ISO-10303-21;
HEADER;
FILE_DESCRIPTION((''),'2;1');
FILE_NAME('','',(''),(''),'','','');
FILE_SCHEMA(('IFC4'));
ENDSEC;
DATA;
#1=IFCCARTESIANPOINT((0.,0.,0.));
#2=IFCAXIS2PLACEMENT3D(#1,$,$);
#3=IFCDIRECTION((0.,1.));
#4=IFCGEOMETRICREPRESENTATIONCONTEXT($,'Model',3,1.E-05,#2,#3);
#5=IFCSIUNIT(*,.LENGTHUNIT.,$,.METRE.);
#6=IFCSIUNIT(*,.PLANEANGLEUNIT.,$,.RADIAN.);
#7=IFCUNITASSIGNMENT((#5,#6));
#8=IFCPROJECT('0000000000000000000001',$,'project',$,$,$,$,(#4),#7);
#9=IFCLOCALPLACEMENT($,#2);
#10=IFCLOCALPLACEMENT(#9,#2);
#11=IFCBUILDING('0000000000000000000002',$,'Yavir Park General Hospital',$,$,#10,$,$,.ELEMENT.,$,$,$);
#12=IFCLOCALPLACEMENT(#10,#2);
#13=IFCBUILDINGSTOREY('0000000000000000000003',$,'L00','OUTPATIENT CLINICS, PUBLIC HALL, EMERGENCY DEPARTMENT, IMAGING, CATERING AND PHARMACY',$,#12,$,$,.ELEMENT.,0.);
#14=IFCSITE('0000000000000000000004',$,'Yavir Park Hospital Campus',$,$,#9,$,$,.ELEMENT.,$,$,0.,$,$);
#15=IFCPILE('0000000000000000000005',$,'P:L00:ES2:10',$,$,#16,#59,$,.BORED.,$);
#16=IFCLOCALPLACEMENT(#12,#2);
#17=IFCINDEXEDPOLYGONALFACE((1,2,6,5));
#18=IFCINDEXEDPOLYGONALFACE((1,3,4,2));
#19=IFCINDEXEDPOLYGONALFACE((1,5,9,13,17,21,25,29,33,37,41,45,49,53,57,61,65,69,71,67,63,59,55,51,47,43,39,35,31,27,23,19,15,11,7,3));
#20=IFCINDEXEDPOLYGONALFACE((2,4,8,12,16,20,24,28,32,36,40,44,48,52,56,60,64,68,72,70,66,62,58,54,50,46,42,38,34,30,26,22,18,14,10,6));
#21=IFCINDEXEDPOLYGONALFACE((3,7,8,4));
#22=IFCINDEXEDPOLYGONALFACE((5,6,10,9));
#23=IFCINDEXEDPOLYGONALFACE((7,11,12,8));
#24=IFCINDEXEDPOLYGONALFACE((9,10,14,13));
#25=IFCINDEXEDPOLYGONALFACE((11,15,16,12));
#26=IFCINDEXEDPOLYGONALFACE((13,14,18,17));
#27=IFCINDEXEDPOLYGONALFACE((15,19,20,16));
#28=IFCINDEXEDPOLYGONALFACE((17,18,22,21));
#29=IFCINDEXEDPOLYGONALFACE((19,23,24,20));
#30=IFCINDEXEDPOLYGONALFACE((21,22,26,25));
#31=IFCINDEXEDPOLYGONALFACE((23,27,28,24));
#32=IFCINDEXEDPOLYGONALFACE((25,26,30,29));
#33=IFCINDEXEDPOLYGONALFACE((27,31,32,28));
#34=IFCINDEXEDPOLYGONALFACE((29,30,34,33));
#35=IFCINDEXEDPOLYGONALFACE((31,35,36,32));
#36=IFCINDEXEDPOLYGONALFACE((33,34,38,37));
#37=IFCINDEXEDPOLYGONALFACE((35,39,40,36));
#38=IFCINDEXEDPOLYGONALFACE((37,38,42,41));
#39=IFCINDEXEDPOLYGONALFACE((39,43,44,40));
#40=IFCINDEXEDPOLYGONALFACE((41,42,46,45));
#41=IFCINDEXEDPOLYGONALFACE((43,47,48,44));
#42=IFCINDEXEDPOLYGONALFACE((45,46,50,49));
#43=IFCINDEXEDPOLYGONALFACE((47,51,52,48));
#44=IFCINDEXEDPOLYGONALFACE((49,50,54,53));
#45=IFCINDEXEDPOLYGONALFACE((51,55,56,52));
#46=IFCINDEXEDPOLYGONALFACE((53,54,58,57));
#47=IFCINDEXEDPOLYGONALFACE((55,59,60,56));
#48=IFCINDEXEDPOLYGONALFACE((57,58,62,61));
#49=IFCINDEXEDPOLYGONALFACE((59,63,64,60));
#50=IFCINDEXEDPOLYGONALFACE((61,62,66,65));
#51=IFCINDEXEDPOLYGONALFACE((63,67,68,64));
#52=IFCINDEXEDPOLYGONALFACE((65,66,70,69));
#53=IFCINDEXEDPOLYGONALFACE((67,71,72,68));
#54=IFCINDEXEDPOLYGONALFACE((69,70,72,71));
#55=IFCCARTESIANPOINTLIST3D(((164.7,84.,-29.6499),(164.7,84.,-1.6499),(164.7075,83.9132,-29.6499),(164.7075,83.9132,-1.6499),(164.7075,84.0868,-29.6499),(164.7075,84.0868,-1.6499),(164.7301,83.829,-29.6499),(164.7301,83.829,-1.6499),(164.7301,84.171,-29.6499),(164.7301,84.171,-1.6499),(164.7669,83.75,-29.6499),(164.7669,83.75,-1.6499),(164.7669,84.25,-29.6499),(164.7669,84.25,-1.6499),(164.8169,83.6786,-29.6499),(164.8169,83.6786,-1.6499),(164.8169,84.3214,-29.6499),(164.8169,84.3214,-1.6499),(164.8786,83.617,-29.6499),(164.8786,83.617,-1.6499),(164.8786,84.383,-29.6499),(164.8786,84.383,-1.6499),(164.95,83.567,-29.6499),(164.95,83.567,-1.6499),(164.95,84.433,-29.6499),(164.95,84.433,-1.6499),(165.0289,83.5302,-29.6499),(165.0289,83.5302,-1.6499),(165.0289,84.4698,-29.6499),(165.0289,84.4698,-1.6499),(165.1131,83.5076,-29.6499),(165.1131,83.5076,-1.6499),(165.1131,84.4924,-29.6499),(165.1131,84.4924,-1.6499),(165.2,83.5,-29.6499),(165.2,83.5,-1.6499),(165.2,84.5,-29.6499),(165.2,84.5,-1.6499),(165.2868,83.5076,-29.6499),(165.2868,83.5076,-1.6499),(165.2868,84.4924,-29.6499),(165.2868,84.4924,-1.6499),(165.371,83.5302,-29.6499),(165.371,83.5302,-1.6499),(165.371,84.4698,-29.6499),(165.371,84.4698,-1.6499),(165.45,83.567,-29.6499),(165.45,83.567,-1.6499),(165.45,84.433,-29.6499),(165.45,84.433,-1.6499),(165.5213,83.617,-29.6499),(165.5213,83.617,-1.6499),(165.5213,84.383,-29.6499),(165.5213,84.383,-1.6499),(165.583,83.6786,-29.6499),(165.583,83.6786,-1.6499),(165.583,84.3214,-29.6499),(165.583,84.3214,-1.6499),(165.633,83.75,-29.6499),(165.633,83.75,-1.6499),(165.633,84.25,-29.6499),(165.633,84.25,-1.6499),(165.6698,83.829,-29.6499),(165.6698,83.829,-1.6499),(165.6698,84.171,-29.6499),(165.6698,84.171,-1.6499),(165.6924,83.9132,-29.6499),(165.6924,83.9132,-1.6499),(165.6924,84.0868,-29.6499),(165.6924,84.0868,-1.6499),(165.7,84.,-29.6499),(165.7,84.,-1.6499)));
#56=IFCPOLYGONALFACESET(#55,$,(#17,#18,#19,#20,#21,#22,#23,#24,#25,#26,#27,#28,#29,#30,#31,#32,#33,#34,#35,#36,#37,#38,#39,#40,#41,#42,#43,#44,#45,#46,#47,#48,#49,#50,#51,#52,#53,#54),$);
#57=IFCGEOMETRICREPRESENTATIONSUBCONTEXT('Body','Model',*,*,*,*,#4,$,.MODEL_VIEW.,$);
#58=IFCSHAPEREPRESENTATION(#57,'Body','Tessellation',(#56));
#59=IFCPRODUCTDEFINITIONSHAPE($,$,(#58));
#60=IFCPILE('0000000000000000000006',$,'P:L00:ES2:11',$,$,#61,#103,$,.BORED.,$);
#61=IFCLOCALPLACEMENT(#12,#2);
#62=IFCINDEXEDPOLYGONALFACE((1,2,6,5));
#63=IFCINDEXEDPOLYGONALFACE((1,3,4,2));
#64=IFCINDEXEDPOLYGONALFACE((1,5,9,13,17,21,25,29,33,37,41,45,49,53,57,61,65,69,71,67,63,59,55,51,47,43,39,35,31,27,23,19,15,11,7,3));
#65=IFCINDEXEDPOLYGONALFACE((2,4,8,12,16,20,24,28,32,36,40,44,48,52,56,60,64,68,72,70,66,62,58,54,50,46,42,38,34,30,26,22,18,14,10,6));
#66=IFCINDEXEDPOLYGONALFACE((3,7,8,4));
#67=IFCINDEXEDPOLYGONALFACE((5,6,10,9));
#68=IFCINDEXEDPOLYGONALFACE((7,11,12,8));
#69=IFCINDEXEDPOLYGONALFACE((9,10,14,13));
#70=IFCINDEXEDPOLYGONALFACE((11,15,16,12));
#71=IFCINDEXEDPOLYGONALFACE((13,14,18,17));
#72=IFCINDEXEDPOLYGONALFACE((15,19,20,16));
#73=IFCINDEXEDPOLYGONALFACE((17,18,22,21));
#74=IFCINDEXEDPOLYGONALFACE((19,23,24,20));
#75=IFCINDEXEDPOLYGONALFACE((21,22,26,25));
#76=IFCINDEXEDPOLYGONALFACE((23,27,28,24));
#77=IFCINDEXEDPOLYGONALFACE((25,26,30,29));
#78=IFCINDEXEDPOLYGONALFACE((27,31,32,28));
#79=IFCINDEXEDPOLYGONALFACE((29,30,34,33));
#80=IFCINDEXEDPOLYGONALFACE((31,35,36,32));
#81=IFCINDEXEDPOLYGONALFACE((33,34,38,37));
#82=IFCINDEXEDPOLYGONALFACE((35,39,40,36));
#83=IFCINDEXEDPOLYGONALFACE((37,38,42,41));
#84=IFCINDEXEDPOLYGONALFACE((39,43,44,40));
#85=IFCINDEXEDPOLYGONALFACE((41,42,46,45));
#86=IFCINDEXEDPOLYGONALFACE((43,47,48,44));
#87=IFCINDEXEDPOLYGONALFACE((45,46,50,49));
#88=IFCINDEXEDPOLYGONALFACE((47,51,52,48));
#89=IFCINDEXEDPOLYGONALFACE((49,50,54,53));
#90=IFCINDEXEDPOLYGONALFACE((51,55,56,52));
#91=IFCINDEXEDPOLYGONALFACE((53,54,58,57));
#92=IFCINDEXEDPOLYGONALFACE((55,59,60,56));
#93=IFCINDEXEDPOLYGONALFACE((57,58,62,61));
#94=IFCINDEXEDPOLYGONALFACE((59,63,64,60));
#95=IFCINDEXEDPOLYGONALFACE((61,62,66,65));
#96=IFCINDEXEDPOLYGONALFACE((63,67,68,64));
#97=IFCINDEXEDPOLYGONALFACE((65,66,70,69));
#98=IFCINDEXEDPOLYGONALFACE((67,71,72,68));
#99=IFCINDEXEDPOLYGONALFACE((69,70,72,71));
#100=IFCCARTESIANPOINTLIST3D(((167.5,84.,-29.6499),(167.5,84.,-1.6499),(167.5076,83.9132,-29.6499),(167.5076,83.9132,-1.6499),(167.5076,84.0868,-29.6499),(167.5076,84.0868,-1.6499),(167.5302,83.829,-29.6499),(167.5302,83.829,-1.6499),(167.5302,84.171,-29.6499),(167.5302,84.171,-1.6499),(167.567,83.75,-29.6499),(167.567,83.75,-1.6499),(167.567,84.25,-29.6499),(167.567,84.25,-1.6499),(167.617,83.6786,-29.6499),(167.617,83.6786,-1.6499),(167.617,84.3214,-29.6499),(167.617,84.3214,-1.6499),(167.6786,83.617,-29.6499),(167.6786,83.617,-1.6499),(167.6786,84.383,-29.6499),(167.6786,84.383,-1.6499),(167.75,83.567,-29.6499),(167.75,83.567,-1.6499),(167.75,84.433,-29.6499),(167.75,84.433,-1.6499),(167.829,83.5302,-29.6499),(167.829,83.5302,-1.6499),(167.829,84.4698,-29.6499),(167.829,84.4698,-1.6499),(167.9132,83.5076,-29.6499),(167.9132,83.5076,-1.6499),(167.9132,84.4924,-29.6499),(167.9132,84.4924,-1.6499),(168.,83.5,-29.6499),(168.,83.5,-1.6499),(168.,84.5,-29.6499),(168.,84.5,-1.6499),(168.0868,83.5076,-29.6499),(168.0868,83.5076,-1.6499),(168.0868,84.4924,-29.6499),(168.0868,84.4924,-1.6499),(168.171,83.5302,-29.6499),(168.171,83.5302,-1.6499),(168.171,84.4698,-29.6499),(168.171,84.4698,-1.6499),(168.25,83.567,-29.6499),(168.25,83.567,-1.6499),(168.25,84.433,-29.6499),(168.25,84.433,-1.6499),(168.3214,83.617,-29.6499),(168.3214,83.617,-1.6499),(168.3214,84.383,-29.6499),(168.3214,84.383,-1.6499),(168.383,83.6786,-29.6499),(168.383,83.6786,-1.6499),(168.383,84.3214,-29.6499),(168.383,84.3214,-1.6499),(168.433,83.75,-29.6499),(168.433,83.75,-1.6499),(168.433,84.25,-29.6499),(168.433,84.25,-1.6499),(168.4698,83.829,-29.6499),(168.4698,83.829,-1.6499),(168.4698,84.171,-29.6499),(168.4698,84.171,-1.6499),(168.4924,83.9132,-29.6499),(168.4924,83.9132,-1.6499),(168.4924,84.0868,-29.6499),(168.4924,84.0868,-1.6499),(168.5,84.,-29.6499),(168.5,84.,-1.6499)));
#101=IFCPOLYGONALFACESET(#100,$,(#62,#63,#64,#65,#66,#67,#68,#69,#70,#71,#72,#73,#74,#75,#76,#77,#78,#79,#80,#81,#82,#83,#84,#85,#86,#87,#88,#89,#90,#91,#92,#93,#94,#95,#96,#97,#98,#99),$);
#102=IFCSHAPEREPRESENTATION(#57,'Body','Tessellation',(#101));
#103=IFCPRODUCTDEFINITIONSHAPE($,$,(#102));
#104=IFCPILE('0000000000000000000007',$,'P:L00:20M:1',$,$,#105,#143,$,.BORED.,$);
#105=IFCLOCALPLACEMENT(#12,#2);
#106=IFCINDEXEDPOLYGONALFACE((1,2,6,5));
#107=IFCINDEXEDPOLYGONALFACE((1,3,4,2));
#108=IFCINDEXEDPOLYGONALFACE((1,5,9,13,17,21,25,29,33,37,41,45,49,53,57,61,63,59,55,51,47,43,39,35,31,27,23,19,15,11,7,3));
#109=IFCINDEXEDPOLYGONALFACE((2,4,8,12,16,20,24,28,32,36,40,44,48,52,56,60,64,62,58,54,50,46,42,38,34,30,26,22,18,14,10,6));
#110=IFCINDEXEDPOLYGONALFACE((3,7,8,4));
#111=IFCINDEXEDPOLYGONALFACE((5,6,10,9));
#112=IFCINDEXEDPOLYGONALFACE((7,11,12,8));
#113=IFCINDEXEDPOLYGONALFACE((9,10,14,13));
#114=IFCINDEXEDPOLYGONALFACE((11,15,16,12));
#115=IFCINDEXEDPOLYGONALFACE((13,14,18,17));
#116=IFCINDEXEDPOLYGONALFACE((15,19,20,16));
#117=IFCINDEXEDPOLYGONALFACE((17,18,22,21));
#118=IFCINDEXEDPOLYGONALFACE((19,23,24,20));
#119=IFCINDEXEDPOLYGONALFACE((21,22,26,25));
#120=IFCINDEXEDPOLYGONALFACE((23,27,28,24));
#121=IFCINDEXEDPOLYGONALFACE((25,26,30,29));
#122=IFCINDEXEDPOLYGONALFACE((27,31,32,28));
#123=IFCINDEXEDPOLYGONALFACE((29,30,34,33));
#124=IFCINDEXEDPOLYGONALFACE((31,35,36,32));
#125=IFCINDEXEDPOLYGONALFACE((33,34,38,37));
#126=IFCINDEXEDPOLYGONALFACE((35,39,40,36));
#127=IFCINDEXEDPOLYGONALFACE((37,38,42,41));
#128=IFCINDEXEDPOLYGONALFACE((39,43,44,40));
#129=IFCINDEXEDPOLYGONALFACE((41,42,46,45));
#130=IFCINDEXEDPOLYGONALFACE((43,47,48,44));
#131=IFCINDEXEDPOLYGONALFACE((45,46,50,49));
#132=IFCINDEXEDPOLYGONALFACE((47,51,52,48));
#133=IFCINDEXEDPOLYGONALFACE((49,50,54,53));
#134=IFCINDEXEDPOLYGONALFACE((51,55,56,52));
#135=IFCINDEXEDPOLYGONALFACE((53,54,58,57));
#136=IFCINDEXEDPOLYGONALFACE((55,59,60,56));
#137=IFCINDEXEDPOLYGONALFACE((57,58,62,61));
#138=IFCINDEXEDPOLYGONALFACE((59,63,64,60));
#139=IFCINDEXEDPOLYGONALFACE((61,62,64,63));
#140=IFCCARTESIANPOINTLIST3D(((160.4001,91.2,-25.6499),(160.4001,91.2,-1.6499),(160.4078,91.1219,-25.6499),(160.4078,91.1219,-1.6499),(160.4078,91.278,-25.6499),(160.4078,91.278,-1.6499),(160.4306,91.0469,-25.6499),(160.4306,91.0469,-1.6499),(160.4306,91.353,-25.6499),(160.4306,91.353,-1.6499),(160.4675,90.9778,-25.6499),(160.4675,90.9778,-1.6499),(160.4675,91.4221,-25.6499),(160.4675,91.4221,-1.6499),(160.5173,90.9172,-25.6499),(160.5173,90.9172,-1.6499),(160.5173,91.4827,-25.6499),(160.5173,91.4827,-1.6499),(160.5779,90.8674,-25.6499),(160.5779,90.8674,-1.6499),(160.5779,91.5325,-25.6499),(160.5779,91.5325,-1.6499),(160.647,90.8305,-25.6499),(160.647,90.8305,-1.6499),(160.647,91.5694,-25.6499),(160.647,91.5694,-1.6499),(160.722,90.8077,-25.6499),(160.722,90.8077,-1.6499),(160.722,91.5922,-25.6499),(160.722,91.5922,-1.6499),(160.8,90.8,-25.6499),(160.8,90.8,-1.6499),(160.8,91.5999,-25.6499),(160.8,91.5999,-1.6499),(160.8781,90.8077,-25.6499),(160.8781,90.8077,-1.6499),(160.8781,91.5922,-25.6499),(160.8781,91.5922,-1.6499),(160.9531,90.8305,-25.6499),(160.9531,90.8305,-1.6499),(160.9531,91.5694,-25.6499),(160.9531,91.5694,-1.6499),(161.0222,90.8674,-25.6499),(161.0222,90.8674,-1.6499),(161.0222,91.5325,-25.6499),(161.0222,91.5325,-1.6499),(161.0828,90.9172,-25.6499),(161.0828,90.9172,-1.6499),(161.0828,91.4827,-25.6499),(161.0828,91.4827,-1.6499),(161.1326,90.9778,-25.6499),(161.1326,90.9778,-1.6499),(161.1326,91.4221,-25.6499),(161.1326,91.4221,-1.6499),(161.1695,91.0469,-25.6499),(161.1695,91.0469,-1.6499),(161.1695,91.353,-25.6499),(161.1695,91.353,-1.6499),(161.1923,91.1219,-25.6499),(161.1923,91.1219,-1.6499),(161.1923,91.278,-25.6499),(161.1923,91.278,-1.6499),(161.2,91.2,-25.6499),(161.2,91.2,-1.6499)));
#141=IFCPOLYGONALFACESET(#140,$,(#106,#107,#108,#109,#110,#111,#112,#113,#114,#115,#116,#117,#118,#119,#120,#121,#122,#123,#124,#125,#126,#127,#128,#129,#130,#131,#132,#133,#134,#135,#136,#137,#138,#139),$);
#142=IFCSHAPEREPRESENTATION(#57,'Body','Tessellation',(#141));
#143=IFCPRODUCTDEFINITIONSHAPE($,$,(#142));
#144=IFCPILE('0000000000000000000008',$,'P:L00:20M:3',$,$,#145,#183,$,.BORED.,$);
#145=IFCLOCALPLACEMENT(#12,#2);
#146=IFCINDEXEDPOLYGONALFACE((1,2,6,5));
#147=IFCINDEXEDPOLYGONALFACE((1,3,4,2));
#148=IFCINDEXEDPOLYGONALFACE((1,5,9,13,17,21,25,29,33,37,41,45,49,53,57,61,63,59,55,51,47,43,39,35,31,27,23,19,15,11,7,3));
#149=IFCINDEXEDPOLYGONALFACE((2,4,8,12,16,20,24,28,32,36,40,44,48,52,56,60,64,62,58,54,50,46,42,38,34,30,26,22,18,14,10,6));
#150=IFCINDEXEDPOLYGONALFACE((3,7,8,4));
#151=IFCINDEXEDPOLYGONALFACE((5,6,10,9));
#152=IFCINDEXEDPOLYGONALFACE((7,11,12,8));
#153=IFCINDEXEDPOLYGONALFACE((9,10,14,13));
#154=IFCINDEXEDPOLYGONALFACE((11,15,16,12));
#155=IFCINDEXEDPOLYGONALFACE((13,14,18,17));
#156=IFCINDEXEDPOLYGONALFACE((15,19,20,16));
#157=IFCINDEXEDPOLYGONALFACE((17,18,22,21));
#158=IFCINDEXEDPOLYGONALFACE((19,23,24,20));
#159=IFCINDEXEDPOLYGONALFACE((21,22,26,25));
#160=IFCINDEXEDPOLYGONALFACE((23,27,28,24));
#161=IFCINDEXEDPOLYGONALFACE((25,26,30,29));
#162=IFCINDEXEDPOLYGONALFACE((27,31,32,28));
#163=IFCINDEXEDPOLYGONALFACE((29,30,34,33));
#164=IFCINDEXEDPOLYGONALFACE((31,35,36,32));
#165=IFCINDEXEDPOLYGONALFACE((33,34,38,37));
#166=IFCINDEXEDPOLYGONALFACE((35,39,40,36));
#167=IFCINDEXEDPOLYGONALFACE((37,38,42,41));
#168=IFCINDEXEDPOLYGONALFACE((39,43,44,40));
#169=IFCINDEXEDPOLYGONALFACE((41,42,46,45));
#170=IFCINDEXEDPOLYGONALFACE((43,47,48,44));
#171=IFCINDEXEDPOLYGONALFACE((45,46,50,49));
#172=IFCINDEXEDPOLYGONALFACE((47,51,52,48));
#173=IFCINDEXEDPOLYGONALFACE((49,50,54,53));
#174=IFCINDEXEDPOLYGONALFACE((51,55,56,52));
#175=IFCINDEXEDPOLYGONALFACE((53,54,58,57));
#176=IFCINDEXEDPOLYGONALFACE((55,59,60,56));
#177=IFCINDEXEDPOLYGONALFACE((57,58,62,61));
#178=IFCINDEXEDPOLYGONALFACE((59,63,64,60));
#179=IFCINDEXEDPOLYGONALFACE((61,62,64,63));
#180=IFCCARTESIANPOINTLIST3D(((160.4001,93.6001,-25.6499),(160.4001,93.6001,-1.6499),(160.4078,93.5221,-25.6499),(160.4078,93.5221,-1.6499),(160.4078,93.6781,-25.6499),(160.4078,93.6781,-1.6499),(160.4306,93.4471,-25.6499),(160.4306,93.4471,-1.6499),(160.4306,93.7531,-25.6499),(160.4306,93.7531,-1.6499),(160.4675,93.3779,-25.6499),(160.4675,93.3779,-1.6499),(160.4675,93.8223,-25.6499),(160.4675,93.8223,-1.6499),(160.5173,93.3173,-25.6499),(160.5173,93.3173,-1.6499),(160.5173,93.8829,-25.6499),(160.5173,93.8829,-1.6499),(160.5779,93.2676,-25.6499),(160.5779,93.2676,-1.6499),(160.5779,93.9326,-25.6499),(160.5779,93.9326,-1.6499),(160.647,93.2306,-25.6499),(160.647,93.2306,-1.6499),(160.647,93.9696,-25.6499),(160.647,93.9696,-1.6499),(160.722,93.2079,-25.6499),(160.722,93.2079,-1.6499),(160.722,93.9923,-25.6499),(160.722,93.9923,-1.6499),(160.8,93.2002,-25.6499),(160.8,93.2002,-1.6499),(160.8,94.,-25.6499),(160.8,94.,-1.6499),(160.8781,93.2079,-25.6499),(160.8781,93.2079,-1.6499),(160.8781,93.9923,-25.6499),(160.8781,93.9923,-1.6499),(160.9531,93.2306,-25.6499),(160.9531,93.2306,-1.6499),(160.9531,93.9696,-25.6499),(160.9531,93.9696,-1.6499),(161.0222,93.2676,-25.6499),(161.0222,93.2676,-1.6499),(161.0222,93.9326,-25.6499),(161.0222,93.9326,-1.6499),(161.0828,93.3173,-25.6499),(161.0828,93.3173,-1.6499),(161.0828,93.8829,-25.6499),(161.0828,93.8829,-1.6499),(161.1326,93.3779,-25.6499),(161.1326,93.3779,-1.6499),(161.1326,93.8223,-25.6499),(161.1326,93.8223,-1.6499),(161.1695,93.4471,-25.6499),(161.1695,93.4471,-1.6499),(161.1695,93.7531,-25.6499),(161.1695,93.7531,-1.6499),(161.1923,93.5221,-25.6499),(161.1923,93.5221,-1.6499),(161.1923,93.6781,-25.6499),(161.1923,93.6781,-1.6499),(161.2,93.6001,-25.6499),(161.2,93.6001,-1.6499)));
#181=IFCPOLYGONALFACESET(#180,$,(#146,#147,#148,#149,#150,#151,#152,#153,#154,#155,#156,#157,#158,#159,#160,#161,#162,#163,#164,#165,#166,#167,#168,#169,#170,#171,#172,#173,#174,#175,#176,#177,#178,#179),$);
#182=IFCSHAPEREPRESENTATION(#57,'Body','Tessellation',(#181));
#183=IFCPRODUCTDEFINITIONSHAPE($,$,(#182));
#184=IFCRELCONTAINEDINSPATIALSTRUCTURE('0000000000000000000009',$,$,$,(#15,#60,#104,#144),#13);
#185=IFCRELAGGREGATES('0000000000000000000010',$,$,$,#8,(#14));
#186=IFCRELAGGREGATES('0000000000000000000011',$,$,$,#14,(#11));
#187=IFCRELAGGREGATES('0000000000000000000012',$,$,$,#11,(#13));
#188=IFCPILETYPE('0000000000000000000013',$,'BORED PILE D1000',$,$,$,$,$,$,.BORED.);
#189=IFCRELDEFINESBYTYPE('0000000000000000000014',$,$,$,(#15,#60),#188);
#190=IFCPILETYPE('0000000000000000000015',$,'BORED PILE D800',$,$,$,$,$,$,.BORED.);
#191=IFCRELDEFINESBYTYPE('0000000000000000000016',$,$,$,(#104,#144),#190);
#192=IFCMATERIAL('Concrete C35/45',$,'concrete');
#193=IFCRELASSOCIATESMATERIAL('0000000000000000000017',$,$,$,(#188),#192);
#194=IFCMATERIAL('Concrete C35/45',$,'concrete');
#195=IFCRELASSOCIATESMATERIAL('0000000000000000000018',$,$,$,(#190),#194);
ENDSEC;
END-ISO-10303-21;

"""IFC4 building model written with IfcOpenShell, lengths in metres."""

from ifc_helpers import new_model, si_unit, direction, frame, origin, origin_2d, place, context, subcontext, project, spatial, circle, extrude, material, material_profile, profile_set, type_object, element, save


model = new_model("IFC4")

# Units and contexts
model_context = context("Model", 3, precision=1e-05, world=origin(), true_north=direction((0.0, 1.0)))
body_context = subcontext(model_context, "Body", "Model", "MODEL_VIEW")
ifc_project = project(units=[si_unit("LENGTHUNIT", "METRE"), si_unit("PLANEANGLEUNIT", "RADIAN")], contexts=[model_context])

# Site, building, storey
site_placement = place(None, origin())
site = spatial("IfcSite", under=ifc_project, at=site_placement, Name="Yavir Park Hospital Campus", CompositionType="ELEMENT", RefElevation=0.0)
building_placement = place(site_placement, origin())
building = spatial("IfcBuilding", under=site, at=building_placement, Name="Yavir Park General Hospital", CompositionType="ELEMENT")
storey_placement = place(building_placement, origin())
storey = spatial("IfcBuildingStorey", under=building, at=storey_placement, Name="L00", Description="OUTPATIENT CLINICS, PUBLIC HALL, EMERGENCY DEPARTMENT, IMAGING, CATERING AND PHARMACY", CompositionType="ELEMENT", Elevation=0.0)

# Piles
ifc_material_1 = material(Name="Concrete C35/45", Category="concrete")
ifc_material_profile_1 = material_profile(ifc_material_1, circle(Radius=0.5, at=origin_2d()), Name="D1000")
ifc_profile_set_1 = profile_set([ifc_material_profile_1], Name="Concrete C35/45")
pile_type_1 = type_object("IfcPileType", Name="BORED PILE D1000", PredefinedType="BORED", material=ifc_profile_set_1)
for number, where, z_axis, x_axis, name in (
    (1, (165.2, 84.0, -1.6499), (0.0, 0.0, -1.0), (1.0, 0.0, 0.0), "P:L00:ES2:10"),
    (2, (168.0, 84.0, -1.6499), (0.0, 0.0, -1.0), (1.0, 0.0, 0.0), "P:L00:ES2:11"),
):
    element("IfcPile", number, at=place(storey_placement, frame(where, z_axis=z_axis, x_axis=x_axis)), inside=storey, type_object=pile_type_1, Name=name, PredefinedType="BORED", context=body_context, shape_type="SweptSolid", body=[
        extrude(circle(Radius=0.5, at=origin_2d()), origin(), (0.0, 0.0, 1.0), 28.0),
    ])
ifc_material_2 = material(Name="Concrete C35/45", Category="concrete")
ifc_material_profile_2 = material_profile(ifc_material_2, circle(Radius=0.3999, at=origin_2d()), Name="D800")
ifc_profile_set_2 = profile_set([ifc_material_profile_2], Name="Concrete C35/45")
pile_type_2 = type_object("IfcPileType", Name="BORED PILE D800", PredefinedType="BORED", material=ifc_profile_set_2)
for number, where, z_axis, x_axis, name in (
    (3, (160.8, 91.2, -1.6499), (0.0, 0.0, -1.0), (1.0, 0.0, 0.0), "P:L00:20M:1"),
    (4, (160.8, 93.6001, -1.6499), (0.0, 0.0, -1.0), (1.0, 0.0, 0.0), "P:L00:20M:3"),
):
    element("IfcPile", number, at=place(storey_placement, frame(where, z_axis=z_axis, x_axis=x_axis)), inside=storey, type_object=pile_type_2, Name=name, PredefinedType="BORED", context=body_context, shape_type="SweptSolid", body=[
        extrude(circle(Radius=0.3999, at=origin_2d()), origin(), (0.0, 0.0, 1.0), 24.0),
    ])

save(model, "model.ifc")
